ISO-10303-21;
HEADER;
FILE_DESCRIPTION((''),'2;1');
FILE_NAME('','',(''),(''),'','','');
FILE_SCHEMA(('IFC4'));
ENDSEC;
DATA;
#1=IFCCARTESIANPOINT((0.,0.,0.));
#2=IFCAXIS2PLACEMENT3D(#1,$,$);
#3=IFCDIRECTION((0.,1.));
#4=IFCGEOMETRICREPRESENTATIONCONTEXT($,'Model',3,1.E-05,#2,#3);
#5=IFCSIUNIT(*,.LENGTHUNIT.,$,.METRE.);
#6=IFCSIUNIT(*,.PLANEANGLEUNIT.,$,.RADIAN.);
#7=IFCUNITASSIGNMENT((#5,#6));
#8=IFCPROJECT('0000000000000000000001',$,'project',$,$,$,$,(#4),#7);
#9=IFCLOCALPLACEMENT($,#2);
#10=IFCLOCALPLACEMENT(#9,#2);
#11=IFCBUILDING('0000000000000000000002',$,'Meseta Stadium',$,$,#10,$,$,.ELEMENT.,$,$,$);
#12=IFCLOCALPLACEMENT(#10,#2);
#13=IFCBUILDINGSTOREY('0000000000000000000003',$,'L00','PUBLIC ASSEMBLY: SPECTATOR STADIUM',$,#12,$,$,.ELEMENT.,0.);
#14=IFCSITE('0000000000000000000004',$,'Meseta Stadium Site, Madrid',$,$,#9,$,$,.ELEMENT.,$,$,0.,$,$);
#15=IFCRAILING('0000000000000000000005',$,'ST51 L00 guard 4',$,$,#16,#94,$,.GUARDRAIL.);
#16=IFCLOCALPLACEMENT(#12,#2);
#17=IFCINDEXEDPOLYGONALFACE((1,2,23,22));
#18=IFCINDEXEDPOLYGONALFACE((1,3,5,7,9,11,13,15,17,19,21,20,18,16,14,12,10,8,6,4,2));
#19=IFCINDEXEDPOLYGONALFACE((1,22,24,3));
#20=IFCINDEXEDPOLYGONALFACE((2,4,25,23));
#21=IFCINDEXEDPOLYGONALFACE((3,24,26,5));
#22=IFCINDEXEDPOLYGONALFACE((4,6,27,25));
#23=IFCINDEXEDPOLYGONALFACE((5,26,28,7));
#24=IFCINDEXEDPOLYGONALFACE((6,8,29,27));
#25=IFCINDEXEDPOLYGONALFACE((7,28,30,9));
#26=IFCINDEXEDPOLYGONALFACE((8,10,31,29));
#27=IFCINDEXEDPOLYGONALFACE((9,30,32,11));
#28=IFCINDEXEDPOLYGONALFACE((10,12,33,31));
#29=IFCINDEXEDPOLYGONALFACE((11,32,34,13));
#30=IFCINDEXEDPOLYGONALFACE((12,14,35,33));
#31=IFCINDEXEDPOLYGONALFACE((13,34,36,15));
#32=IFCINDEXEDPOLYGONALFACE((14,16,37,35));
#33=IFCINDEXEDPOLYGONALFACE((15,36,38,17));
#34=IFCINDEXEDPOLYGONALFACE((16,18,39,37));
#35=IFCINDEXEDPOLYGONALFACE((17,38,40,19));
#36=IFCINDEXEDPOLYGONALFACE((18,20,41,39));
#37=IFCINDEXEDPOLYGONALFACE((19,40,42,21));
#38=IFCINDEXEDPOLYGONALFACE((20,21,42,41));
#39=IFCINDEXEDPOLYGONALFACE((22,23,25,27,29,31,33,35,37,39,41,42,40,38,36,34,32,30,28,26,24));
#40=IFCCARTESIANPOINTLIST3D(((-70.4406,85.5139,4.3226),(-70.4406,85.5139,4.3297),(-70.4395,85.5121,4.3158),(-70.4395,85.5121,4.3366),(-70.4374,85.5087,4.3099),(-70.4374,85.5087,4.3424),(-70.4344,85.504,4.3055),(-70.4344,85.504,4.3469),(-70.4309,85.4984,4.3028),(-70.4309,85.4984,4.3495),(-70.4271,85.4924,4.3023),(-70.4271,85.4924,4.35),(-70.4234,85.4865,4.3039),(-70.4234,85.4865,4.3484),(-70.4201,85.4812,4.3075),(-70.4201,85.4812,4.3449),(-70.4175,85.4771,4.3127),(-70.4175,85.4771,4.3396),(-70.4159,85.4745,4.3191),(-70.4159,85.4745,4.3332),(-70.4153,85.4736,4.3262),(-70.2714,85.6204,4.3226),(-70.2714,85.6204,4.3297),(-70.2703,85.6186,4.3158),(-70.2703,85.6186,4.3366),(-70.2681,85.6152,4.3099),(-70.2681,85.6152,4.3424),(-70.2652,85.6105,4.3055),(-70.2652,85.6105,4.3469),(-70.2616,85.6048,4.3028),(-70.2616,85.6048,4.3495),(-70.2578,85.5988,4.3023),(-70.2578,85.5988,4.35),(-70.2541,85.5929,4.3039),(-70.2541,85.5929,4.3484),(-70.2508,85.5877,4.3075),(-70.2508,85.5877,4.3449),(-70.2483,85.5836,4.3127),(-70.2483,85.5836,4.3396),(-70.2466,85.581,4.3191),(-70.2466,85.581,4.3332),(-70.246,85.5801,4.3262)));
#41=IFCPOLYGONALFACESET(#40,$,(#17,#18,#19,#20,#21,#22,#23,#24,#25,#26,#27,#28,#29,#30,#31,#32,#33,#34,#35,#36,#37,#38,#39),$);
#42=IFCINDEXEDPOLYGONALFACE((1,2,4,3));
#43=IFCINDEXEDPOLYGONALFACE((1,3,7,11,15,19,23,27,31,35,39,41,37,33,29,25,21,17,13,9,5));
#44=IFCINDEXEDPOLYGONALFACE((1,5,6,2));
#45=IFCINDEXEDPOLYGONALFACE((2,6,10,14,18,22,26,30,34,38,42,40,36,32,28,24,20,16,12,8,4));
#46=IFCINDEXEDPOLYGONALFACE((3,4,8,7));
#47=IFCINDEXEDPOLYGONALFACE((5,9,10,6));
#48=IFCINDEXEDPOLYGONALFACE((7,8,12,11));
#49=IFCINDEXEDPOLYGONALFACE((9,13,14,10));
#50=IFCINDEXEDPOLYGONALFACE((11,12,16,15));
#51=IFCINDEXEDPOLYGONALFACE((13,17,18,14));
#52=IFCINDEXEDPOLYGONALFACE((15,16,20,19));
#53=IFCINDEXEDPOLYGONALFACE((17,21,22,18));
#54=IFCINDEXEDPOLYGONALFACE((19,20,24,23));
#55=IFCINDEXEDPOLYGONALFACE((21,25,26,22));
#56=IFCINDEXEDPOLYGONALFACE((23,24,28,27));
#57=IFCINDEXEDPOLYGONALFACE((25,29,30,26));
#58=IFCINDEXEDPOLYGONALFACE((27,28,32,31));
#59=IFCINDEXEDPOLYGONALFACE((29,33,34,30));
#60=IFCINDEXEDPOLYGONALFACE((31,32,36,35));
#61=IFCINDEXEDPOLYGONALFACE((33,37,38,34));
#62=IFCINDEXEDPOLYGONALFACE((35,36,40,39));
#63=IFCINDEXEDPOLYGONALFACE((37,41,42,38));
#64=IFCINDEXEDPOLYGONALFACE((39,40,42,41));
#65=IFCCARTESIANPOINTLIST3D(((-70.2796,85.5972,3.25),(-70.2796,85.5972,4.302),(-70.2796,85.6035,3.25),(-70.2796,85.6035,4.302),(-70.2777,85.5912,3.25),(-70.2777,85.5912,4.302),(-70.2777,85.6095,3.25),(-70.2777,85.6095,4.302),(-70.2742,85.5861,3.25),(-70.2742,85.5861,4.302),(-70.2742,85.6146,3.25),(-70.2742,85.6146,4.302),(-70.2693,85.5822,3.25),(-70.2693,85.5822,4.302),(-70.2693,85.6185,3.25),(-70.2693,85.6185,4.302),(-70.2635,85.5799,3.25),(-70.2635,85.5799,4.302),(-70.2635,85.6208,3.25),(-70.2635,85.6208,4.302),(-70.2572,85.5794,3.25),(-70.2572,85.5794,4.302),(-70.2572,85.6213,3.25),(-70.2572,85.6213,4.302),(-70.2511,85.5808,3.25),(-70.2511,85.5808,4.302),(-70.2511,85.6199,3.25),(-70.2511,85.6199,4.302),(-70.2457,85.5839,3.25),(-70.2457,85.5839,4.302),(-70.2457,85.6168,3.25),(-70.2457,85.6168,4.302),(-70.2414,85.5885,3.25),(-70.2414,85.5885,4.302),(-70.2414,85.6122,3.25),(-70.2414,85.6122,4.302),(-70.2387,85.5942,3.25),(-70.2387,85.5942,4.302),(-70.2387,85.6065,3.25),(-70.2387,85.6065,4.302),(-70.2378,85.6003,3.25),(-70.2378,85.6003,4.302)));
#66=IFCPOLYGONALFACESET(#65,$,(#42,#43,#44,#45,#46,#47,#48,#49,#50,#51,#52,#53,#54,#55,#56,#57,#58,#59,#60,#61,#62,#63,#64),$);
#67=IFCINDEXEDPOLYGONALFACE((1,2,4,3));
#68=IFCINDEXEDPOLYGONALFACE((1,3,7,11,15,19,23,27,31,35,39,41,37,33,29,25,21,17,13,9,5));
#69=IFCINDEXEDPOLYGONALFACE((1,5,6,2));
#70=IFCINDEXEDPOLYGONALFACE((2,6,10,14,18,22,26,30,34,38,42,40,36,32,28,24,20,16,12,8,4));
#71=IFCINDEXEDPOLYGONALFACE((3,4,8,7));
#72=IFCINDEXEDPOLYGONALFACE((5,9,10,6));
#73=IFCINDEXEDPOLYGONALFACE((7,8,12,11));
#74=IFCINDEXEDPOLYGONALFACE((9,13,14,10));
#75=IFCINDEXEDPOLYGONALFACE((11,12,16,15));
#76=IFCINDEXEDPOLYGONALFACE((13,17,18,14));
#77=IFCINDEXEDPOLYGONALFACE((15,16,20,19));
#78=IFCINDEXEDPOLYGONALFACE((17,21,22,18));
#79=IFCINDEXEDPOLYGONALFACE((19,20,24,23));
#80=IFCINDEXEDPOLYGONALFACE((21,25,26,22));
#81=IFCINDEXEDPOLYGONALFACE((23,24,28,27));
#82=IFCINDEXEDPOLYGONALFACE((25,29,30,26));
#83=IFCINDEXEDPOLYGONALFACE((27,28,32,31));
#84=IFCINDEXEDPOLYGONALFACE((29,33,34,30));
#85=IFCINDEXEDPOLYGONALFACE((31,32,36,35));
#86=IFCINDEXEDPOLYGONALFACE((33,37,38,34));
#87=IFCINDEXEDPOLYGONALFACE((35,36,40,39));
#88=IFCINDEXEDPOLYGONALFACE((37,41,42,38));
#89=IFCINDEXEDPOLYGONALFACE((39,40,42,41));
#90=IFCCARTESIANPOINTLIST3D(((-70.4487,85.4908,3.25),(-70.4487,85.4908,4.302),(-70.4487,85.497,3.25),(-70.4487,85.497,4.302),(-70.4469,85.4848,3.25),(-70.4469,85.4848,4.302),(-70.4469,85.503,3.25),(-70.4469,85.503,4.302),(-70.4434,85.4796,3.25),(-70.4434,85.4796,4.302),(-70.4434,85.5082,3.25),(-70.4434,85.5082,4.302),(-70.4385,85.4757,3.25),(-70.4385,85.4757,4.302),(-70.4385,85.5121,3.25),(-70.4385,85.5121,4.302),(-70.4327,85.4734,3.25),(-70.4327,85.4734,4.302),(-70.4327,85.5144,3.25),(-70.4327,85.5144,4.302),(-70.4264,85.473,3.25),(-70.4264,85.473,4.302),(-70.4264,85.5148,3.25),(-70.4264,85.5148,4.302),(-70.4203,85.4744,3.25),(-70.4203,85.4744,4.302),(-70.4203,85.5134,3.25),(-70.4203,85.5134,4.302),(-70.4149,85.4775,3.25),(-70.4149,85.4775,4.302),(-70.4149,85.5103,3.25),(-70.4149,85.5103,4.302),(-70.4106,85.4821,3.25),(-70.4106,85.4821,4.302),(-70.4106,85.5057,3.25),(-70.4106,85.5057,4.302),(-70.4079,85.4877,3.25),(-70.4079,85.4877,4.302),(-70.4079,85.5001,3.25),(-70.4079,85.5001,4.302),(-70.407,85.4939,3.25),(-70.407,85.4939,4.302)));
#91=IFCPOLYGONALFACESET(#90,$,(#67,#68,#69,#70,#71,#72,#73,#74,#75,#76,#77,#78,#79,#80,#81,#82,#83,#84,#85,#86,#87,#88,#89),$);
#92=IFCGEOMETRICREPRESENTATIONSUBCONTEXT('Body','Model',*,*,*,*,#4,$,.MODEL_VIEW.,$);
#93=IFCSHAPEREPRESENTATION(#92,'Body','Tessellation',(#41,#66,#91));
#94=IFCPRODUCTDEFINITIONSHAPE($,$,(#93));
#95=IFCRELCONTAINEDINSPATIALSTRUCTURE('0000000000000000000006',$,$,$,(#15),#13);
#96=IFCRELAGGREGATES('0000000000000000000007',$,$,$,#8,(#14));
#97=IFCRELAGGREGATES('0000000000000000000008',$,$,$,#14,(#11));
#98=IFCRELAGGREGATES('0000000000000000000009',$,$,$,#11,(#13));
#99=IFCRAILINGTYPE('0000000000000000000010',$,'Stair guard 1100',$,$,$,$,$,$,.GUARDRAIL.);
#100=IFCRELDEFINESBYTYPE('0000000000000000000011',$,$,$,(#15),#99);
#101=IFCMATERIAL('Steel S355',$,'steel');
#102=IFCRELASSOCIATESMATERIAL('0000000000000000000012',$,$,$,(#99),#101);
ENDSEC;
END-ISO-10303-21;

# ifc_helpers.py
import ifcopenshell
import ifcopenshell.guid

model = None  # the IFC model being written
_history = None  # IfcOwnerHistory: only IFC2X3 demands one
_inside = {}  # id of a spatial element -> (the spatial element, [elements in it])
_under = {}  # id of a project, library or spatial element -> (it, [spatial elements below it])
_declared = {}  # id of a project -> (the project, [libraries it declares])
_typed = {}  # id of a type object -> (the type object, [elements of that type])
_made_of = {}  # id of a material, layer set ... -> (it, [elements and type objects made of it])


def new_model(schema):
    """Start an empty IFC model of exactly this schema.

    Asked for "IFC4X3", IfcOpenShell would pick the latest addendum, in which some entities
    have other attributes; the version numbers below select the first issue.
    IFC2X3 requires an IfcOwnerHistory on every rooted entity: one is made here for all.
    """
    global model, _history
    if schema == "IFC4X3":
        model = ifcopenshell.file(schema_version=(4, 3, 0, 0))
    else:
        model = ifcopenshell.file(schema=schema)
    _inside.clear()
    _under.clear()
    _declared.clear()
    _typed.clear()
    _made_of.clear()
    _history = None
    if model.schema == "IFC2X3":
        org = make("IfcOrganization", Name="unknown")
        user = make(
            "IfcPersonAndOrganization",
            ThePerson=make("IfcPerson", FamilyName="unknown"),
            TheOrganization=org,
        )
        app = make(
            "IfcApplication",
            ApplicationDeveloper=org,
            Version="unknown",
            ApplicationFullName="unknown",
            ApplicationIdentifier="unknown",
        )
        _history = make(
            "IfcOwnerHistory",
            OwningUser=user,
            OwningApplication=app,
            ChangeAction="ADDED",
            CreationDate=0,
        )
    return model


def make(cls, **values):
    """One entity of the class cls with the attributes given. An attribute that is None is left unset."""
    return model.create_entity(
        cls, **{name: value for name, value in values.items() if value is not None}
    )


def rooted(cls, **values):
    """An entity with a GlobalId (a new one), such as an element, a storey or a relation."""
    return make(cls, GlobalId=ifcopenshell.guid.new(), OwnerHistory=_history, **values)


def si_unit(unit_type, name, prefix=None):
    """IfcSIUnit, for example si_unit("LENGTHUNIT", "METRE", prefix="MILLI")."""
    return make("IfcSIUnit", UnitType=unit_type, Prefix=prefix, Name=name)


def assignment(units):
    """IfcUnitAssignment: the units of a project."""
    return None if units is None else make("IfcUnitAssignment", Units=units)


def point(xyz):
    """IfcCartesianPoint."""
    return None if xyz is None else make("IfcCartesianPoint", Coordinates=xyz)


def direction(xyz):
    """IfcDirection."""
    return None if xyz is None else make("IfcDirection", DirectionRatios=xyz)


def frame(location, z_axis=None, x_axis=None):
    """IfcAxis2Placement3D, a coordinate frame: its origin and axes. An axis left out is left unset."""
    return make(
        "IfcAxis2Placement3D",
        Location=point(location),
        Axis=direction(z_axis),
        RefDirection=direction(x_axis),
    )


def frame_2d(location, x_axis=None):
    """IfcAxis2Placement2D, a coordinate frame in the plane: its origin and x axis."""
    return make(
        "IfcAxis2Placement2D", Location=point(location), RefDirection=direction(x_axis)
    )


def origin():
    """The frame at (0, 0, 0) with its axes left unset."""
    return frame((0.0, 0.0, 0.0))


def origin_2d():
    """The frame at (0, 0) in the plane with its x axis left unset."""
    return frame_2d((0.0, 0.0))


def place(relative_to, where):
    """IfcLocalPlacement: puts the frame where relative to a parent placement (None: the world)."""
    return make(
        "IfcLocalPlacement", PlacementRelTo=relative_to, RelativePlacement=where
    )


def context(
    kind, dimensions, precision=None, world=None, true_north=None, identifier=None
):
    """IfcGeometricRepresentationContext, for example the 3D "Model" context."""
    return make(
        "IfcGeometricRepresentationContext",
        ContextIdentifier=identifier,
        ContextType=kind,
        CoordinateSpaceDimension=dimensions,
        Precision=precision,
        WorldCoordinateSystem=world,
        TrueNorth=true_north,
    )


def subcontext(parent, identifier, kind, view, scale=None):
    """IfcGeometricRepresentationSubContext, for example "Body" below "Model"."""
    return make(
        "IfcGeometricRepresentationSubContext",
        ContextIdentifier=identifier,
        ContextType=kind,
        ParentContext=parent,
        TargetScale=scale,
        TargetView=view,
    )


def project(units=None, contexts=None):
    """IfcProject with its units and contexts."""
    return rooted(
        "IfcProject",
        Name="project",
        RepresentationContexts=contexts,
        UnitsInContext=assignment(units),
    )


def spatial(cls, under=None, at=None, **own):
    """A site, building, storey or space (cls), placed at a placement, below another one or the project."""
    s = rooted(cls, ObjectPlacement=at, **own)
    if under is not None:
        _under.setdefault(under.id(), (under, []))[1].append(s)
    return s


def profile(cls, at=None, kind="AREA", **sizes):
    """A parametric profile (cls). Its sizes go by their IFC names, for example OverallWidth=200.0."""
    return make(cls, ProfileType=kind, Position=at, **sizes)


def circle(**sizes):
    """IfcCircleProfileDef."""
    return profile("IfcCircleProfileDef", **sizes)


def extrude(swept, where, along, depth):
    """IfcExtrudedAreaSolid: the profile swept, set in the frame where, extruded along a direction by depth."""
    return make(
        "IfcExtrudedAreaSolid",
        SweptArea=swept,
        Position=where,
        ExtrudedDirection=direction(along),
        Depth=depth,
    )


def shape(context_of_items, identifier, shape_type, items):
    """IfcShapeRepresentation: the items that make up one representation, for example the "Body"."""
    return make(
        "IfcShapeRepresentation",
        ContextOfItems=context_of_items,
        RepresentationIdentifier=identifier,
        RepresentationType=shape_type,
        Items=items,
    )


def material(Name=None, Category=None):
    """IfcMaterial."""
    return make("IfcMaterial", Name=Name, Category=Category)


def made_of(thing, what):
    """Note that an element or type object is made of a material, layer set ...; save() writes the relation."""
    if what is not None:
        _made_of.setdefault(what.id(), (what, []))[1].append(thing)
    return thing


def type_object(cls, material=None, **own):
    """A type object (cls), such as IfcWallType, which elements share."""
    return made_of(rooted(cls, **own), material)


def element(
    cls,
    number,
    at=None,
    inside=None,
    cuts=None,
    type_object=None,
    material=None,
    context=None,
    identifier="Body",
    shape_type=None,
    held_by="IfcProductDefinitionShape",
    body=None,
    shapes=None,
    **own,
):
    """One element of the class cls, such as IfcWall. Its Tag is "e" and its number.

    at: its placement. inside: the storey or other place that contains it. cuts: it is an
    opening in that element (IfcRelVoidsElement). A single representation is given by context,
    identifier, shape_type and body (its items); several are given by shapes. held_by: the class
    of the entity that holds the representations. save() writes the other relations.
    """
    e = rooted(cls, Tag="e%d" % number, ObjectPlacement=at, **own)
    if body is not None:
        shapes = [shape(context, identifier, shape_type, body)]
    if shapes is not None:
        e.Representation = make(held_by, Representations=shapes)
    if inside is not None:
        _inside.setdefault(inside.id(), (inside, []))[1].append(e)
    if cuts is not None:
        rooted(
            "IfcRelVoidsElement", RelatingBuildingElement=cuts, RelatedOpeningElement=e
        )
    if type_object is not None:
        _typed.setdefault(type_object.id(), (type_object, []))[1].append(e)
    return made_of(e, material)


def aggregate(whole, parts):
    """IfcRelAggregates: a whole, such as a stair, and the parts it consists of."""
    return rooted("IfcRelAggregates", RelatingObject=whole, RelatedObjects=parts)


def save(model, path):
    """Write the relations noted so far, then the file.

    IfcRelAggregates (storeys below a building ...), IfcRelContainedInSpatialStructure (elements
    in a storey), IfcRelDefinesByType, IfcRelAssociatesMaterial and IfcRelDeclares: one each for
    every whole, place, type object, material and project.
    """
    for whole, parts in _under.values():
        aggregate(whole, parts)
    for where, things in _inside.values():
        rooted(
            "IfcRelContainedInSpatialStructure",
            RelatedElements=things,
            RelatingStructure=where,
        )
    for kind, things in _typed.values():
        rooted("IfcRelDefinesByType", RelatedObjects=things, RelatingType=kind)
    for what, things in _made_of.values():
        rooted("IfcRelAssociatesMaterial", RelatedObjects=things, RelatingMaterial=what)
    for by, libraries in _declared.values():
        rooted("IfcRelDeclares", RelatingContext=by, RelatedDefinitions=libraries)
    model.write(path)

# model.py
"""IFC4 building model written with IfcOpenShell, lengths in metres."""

from ifc_helpers import new_model, si_unit, direction, frame, origin, origin_2d, place, context, subcontext, project, spatial, circle, extrude, material, type_object, element, save


model = new_model("IFC4")

# Units and contexts
model_context = context("Model", 3, precision=1e-05, world=origin(), true_north=direction((0.0, 1.0)))
body_context = subcontext(model_context, "Body", "Model", "MODEL_VIEW")
ifc_project = project(units=[si_unit("LENGTHUNIT", "METRE"), si_unit("PLANEANGLEUNIT", "RADIAN")], contexts=[model_context])

# Site, building, storey
site_placement = place(None, origin())
site = spatial("IfcSite", under=ifc_project, at=site_placement, Name="Meseta Stadium Site, Madrid", CompositionType="ELEMENT", RefElevation=0.0)
building_placement = place(site_placement, origin())
building = spatial("IfcBuilding", under=site, at=building_placement, Name="Meseta Stadium", CompositionType="ELEMENT")
storey_placement = place(building_placement, origin())
storey = spatial("IfcBuildingStorey", under=building, at=storey_placement, Name="L00", Description="PUBLIC ASSEMBLY: SPECTATOR STADIUM", CompositionType="ELEMENT", Elevation=0.0)

# Railing
ifc_material_1 = material(Name="Steel S355", Category="steel")
railing_type_1 = type_object("IfcRailingType", Name="Stair guard 1100", PredefinedType="GUARDRAIL", material=ifc_material_1)
railing_1_placement = place(storey_placement, frame((-70.2588, 85.6003, 3.25)))
element("IfcRailing", 1, at=railing_1_placement, inside=storey, type_object=railing_type_1, Name="ST51 L00 guard 4", PredefinedType="GUARDRAIL", context=body_context, shape_type="SweptSolid", body=[
    extrude(circle(Radius=0.0239, at=origin_2d()), frame((0.0, 0.0, 1.0762), z_axis=(-0.846416, -0.532522, 0.0), x_axis=(0.532522, -0.846416, 0.0)), (0.0, 0.0, 1.0), 0.2),
    extrude(circle(Radius=0.021, at=origin_2d()), origin(), (0.0, 0.0, 1.0), 1.052),
    extrude(circle(Radius=0.021, at=origin_2d()), frame((-0.1692, -0.1064, 0.0)), (0.0, 0.0, 1.0), 1.052),
])

save(model, "model.ifc")
